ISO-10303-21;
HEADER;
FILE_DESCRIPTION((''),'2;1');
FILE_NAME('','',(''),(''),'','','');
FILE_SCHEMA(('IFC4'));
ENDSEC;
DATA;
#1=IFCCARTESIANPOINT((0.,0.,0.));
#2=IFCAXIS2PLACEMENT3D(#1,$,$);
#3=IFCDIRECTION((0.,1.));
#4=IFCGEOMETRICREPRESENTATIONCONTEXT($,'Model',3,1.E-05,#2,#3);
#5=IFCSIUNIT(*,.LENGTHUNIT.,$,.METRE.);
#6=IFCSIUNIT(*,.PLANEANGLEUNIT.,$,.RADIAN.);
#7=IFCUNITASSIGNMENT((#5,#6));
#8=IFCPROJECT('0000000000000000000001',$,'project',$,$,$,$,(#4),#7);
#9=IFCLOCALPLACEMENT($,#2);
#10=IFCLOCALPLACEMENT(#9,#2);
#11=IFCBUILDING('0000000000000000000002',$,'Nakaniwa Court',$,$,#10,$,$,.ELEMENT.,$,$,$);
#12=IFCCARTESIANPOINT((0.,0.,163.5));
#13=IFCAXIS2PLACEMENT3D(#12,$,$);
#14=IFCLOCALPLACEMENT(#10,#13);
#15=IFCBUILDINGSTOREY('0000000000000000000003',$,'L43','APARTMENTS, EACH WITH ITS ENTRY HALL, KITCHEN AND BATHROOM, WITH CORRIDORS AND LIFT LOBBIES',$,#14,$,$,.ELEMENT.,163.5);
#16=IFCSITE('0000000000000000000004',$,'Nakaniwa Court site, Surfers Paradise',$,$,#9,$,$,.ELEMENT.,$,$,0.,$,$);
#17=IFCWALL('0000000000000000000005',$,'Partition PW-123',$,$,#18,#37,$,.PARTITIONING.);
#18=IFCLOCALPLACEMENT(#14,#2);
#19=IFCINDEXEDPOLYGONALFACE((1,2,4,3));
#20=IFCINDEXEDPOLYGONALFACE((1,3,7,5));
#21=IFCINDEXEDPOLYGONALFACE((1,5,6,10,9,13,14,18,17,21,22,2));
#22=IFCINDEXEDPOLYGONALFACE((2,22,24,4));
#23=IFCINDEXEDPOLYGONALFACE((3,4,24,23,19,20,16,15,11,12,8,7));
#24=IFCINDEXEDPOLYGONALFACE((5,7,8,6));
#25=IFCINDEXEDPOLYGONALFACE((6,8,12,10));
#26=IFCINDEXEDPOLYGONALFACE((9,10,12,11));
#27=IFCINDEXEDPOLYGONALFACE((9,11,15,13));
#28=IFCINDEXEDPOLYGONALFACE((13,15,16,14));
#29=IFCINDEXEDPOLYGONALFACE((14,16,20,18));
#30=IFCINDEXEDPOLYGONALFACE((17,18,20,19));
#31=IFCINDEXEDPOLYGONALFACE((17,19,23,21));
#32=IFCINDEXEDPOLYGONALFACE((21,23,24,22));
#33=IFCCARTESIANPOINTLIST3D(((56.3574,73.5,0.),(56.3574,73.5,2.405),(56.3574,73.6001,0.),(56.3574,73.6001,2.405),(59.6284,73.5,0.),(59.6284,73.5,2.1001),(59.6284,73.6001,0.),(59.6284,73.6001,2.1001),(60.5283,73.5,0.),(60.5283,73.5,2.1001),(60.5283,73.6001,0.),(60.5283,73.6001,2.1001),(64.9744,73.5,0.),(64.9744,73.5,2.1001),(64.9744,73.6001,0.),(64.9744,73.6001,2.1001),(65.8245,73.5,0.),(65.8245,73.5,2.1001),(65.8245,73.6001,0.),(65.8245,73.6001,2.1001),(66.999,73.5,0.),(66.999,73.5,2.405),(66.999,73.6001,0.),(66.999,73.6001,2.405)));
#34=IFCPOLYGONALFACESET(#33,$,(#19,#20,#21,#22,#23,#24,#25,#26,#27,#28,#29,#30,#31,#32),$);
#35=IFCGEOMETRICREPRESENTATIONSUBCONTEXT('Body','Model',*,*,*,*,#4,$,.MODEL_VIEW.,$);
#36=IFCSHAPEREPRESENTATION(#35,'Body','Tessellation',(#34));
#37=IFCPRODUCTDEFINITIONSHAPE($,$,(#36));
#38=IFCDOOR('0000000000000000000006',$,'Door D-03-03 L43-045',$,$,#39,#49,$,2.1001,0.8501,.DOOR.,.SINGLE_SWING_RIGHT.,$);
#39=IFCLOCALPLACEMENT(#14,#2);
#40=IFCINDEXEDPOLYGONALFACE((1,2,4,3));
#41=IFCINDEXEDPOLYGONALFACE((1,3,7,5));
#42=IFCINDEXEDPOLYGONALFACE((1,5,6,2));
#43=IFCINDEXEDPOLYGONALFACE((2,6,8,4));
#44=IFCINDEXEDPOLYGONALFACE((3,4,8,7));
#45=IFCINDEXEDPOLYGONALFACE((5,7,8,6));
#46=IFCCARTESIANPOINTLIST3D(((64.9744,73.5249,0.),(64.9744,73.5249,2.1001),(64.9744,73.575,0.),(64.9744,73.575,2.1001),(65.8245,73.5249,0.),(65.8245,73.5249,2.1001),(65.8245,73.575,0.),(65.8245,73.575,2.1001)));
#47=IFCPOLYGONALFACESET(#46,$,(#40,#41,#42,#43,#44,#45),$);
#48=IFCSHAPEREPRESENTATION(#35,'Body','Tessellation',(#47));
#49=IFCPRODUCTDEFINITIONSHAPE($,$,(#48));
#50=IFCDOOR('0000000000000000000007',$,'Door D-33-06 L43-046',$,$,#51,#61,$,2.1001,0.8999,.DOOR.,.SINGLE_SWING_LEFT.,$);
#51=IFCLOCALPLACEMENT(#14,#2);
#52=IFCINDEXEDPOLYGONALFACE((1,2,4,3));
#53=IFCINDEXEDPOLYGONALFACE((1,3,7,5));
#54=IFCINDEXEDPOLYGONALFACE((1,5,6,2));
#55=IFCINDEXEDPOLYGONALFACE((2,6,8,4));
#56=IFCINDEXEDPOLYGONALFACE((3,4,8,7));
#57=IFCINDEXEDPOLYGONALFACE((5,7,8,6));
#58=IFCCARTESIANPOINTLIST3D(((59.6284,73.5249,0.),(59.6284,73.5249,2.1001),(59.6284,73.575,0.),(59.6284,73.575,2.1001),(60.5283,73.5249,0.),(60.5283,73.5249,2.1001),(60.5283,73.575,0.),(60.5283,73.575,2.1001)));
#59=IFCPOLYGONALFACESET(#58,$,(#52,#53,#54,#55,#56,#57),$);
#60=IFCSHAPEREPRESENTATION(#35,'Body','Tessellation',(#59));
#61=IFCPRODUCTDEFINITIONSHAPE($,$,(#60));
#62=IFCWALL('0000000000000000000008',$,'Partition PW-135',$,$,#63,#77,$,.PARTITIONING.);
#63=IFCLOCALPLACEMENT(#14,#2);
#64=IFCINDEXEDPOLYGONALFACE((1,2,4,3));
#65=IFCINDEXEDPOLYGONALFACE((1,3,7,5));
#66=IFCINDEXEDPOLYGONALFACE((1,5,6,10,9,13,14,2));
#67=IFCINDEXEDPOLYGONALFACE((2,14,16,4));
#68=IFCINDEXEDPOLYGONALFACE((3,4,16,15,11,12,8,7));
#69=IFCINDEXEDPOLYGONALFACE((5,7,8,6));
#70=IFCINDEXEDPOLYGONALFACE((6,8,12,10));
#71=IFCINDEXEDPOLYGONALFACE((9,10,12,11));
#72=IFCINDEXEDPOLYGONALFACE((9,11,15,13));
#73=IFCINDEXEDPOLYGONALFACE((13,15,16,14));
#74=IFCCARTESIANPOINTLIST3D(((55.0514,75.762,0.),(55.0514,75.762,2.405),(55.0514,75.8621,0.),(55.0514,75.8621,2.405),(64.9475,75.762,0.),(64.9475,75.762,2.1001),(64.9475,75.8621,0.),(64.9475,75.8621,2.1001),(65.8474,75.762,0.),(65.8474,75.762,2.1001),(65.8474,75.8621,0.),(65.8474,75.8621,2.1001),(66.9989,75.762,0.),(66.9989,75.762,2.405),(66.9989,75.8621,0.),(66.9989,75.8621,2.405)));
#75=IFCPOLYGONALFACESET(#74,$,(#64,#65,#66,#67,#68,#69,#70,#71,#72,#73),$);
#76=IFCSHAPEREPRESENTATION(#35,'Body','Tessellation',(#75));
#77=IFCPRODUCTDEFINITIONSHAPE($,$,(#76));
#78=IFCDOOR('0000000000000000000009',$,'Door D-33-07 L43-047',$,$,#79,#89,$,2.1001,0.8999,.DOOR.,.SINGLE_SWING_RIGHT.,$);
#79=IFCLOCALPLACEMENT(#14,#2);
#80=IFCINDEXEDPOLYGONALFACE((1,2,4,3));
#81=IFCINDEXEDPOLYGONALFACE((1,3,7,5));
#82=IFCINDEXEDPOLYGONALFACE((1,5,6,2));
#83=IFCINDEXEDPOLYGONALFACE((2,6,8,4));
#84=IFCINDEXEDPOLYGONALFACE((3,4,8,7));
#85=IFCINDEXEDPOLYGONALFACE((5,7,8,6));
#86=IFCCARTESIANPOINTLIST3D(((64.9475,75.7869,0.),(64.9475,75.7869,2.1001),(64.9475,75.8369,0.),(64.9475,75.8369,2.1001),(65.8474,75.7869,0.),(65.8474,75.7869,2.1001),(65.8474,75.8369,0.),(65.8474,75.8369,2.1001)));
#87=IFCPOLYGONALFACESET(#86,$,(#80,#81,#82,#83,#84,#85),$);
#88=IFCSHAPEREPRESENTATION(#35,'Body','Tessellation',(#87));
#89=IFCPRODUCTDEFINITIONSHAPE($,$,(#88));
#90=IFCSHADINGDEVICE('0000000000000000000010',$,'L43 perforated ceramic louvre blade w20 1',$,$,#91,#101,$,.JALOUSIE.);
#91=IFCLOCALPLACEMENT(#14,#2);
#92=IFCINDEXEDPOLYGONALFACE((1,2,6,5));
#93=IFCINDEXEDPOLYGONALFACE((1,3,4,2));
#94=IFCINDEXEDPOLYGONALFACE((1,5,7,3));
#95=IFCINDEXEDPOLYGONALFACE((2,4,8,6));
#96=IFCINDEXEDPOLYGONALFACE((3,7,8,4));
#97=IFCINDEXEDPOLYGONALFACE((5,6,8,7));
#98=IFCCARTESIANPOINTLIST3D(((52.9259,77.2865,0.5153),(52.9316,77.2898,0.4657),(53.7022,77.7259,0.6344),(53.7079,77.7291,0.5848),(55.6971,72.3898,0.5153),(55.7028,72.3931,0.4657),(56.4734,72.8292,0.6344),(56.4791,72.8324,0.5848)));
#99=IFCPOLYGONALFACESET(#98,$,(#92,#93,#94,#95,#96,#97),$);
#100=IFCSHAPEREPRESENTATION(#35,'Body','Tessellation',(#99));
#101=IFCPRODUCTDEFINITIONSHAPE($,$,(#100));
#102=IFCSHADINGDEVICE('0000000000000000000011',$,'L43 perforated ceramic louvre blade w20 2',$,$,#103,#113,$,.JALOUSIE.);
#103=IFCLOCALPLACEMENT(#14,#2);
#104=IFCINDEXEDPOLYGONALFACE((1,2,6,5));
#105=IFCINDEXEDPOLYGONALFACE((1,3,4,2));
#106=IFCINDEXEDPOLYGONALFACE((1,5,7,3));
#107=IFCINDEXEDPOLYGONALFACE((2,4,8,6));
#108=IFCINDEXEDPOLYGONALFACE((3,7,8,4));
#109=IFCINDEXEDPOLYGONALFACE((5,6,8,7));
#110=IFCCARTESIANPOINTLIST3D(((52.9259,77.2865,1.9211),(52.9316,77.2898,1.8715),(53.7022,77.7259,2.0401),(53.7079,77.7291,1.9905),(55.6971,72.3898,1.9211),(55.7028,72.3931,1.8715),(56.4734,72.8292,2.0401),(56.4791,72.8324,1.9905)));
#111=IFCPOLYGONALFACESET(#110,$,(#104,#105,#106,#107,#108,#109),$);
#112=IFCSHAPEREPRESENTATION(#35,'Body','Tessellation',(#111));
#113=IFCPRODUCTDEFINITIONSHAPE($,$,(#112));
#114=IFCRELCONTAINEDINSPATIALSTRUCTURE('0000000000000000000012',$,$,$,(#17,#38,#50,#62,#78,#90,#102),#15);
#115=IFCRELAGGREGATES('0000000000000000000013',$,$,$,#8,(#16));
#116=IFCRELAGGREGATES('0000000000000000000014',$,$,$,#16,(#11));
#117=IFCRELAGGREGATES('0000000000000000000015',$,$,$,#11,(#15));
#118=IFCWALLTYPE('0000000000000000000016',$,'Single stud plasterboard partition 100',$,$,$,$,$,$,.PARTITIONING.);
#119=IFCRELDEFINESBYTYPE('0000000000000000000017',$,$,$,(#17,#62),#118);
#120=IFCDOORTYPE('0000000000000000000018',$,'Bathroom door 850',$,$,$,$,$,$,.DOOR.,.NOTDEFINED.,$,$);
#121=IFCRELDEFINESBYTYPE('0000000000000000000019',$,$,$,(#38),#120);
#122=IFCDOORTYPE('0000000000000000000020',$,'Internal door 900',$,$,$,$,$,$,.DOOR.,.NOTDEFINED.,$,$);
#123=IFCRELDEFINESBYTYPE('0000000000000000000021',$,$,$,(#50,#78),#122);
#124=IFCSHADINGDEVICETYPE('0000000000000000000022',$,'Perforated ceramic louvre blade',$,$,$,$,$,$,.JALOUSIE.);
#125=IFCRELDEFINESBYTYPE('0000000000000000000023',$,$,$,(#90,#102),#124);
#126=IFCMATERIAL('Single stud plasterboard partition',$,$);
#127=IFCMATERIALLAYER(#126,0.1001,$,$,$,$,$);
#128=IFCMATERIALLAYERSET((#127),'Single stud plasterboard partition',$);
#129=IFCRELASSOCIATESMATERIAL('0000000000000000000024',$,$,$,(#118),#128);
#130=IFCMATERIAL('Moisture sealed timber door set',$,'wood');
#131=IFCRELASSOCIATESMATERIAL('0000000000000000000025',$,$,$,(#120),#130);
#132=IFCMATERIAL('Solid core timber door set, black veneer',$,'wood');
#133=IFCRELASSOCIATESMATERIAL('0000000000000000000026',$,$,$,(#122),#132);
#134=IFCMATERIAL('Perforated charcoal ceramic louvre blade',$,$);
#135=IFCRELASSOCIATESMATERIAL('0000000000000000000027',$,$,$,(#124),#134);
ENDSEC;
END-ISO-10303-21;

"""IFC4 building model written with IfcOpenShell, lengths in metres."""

from ifc_helpers import new_model, si_unit, direction, frame, frame_2d, origin, origin_2d, place, context, subcontext, project, spatial, rectangle, extrude, material, layer, layer_set, material_profile, profile_set, type_object, element, fill, save


model = new_model("IFC4")

# Units and contexts
model_context = context("Model", 3, precision=1e-05, world=origin(), true_north=direction((0.0, 1.0)))
body_context = subcontext(model_context, "Body", "Model", "MODEL_VIEW")
ifc_project = project(units=[si_unit("LENGTHUNIT", "METRE"), si_unit("PLANEANGLEUNIT", "RADIAN")], contexts=[model_context])

# Site, building, storey
site_placement = place(None, origin())
site = spatial("IfcSite", under=ifc_project, at=site_placement, Name="Nakaniwa Court site, Surfers Paradise", CompositionType="ELEMENT", RefElevation=0.0)
building_placement = place(site_placement, origin())
building = spatial("IfcBuilding", under=site, at=building_placement, Name="Nakaniwa Court", CompositionType="ELEMENT")
storey_placement = place(building_placement, frame((0.0, 0.0, 163.5)))
storey = spatial("IfcBuildingStorey", under=building, at=storey_placement, Name="L43", Description="APARTMENTS, EACH WITH ITS ENTRY HALL, KITCHEN AND BATHROOM, WITH CORRIDORS AND LIFT LOBBIES", CompositionType="ELEMENT", Elevation=163.5)

# Wall, openings, doors
ifc_material_1 = material(Name="Single stud plasterboard partition")
ifc_layer_1 = layer(ifc_material_1, 0.1001)
ifc_layer_set_1 = layer_set([ifc_layer_1], Name="Single stud plasterboard partition")
wall_type_1 = type_object("IfcWallType", Name="Single stud plasterboard partition 100", PredefinedType="PARTITIONING", material=ifc_layer_set_1)
wall_1_placement = place(storey_placement, frame((56.3574, 73.55, 0.0), z_axis=(0.0, 0.0, 1.0), x_axis=(1.0, 0.0, 0.0)))
wall_1 = element("IfcWall", 1, at=wall_1_placement, inside=storey, type_object=wall_type_1, Name="Partition PW-123", PredefinedType="PARTITIONING", context=body_context, shape_type="SweptSolid", body=[
    extrude(rectangle(XDim=10.6416, YDim=0.1001, at=frame_2d((5.3208, 0.0))), origin(), (0.0, 0.0, 1.0), 2.405),
])
opening_1_placement = place(wall_1_placement, frame((8.6169, 0.0, 0.0)))
opening_1 = element("IfcOpeningElement", 2, at=opening_1_placement, cuts=wall_1, PredefinedType="OPENING", context=body_context, shape_type="SweptSolid", body=[
    extrude(rectangle(XDim=0.8501, YDim=2.1001, at=frame_2d((0.425, 1.05))), frame((0.0, 0.0601, 0.0), z_axis=(0.0, -1.0, 0.0), x_axis=(1.0, 0.0, 0.0)), (0.0, 0.0, 1.0), 0.1201),
])
opening_2_placement = place(wall_1_placement, frame((3.271, 0.0, 0.0)))
opening_2 = element("IfcOpeningElement", 3, at=opening_2_placement, cuts=wall_1, PredefinedType="OPENING", context=body_context, shape_type="SweptSolid", body=[
    extrude(rectangle(XDim=0.8999, YDim=2.1001, at=frame_2d((0.45, 1.05))), frame((0.0, 0.0601, 0.0), z_axis=(0.0, -1.0, 0.0), x_axis=(1.0, 0.0, 0.0)), (0.0, 0.0, 1.0), 0.1201),
])
ifc_material_2 = material(Name="Moisture sealed timber door set", Category="wood")
door_type_1 = type_object("IfcDoorType", Name="Bathroom door 850", OperationType="NOTDEFINED", PredefinedType="DOOR", material=ifc_material_2)
door_1_placement = place(opening_1_placement, origin())
door_1 = element("IfcDoor", 4, at=door_1_placement, inside=storey, type_object=door_type_1, Name="Door D-03-03 L43-045", OperationType="SINGLE_SWING_RIGHT", OverallHeight=2.1001, OverallWidth=0.8501, PredefinedType="DOOR", context=body_context, shape_type="SweptSolid", body=[
    extrude(rectangle(XDim=0.8501, YDim=2.1001, at=frame_2d((0.425, 1.05))), frame((0.0, 0.0249, 0.0), z_axis=(0.0, -1.0, 0.0), x_axis=(1.0, 0.0, 0.0)), (0.0, 0.0, 1.0), 0.05),
])
fill(opening_1, door_1)
ifc_material_3 = material(Name="Solid core timber door set, black veneer", Category="wood")
door_type_2 = type_object("IfcDoorType", Name="Internal door 900", OperationType="NOTDEFINED", PredefinedType="DOOR", material=ifc_material_3)
door_2_placement = place(opening_2_placement, origin())
door_2 = element("IfcDoor", 5, at=door_2_placement, inside=storey, type_object=door_type_2, Name="Door D-33-06 L43-046", OperationType="SINGLE_SWING_LEFT", OverallHeight=2.1001, OverallWidth=0.8999, PredefinedType="DOOR", context=body_context, shape_type="SweptSolid", body=[
    extrude(rectangle(XDim=0.8999, YDim=2.1001, at=frame_2d((0.45, 1.05))), frame((0.0, 0.0249, 0.0), z_axis=(0.0, -1.0, 0.0), x_axis=(1.0, 0.0, 0.0)), (0.0, 0.0, 1.0), 0.05),
])
fill(opening_2, door_2)

# Wall, opening, door
wall_2_placement = place(storey_placement, frame((55.0515, 75.812, 0.0), z_axis=(0.0, 0.0, 1.0), x_axis=(1.0, 0.0, 0.0)))
wall_2 = element("IfcWall", 6, at=wall_2_placement, inside=storey, type_object=wall_type_1, Name="Partition PW-135", PredefinedType="PARTITIONING", context=body_context, shape_type="SweptSolid", body=[
    extrude(rectangle(XDim=11.9475, YDim=0.1001, at=frame_2d((5.9736, 0.0))), origin(), (0.0, 0.0, 1.0), 2.405),
])
opening_3_placement = place(wall_2_placement, frame((9.896, 0.0, 0.0)))
opening_3 = element("IfcOpeningElement", 7, at=opening_3_placement, cuts=wall_2, PredefinedType="OPENING", context=body_context, shape_type="SweptSolid", body=[
    extrude(rectangle(XDim=0.8999, YDim=2.1001, at=frame_2d((0.45, 1.05))), frame((0.0, 0.0601, 0.0), z_axis=(0.0, -1.0, 0.0), x_axis=(1.0, 0.0, 0.0)), (0.0, 0.0, 1.0), 0.1201),
])
door_3_placement = place(opening_3_placement, origin())
door_3 = element("IfcDoor", 8, at=door_3_placement, inside=storey, type_object=door_type_2, Name="Door D-33-07 L43-047", OperationType="SINGLE_SWING_RIGHT", OverallHeight=2.1001, OverallWidth=0.8999, PredefinedType="DOOR", context=body_context, shape_type="SweptSolid", body=[
    extrude(rectangle(XDim=0.8999, YDim=2.1001, at=frame_2d((0.45, 1.05))), frame((0.0, 0.0249, 0.0), z_axis=(0.0, -1.0, 0.0), x_axis=(1.0, 0.0, 0.0)), (0.0, 0.0, 1.0), 0.05),
])
fill(opening_3, door_3)

# Shading devices
ifc_material_4 = material(Name="Perforated charcoal ceramic louvre blade")
ifc_material_profile_1 = material_profile(ifc_material_4, rectangle(XDim=0.8999, YDim=0.05, at=origin_2d()), Name="Perforated ceramic louvre blade")
ifc_profile_set_1 = profile_set([ifc_material_profile_1], Name="Perforated charcoal ceramic louvre blade")
shading_device_type = type_object("IfcShadingDeviceType", Name="Perforated ceramic louvre blade", PredefinedType="JALOUSIE", material=ifc_profile_set_1)
for number, where, z_axis, x_axis, name in (
    (9, (53.3169, 77.5078, 0.55), (0.492532, -0.870294, 0.0), (0.862649, 0.488205, 0.132256), "L43 perforated ceramic louvre blade w20 1"),
    (10, (53.3169, 77.5078, 1.9558), (0.492532, -0.870294, 0.0), (0.862649, 0.488205, 0.132256), "L43 perforated ceramic louvre blade w20 2"),
):
    element("IfcShadingDevice", number, at=place(storey_placement, frame(where, z_axis=z_axis, x_axis=x_axis)), inside=storey, type_object=shading_device_type, Name=name, PredefinedType="JALOUSIE", context=body_context, shape_type="SweptSolid", body=[
        extrude(rectangle(XDim=0.8999, YDim=0.05, at=origin_2d()), origin(), (0.0, 0.0, 1.0), 5.6265),
    ])

save(model, "model.ifc")
